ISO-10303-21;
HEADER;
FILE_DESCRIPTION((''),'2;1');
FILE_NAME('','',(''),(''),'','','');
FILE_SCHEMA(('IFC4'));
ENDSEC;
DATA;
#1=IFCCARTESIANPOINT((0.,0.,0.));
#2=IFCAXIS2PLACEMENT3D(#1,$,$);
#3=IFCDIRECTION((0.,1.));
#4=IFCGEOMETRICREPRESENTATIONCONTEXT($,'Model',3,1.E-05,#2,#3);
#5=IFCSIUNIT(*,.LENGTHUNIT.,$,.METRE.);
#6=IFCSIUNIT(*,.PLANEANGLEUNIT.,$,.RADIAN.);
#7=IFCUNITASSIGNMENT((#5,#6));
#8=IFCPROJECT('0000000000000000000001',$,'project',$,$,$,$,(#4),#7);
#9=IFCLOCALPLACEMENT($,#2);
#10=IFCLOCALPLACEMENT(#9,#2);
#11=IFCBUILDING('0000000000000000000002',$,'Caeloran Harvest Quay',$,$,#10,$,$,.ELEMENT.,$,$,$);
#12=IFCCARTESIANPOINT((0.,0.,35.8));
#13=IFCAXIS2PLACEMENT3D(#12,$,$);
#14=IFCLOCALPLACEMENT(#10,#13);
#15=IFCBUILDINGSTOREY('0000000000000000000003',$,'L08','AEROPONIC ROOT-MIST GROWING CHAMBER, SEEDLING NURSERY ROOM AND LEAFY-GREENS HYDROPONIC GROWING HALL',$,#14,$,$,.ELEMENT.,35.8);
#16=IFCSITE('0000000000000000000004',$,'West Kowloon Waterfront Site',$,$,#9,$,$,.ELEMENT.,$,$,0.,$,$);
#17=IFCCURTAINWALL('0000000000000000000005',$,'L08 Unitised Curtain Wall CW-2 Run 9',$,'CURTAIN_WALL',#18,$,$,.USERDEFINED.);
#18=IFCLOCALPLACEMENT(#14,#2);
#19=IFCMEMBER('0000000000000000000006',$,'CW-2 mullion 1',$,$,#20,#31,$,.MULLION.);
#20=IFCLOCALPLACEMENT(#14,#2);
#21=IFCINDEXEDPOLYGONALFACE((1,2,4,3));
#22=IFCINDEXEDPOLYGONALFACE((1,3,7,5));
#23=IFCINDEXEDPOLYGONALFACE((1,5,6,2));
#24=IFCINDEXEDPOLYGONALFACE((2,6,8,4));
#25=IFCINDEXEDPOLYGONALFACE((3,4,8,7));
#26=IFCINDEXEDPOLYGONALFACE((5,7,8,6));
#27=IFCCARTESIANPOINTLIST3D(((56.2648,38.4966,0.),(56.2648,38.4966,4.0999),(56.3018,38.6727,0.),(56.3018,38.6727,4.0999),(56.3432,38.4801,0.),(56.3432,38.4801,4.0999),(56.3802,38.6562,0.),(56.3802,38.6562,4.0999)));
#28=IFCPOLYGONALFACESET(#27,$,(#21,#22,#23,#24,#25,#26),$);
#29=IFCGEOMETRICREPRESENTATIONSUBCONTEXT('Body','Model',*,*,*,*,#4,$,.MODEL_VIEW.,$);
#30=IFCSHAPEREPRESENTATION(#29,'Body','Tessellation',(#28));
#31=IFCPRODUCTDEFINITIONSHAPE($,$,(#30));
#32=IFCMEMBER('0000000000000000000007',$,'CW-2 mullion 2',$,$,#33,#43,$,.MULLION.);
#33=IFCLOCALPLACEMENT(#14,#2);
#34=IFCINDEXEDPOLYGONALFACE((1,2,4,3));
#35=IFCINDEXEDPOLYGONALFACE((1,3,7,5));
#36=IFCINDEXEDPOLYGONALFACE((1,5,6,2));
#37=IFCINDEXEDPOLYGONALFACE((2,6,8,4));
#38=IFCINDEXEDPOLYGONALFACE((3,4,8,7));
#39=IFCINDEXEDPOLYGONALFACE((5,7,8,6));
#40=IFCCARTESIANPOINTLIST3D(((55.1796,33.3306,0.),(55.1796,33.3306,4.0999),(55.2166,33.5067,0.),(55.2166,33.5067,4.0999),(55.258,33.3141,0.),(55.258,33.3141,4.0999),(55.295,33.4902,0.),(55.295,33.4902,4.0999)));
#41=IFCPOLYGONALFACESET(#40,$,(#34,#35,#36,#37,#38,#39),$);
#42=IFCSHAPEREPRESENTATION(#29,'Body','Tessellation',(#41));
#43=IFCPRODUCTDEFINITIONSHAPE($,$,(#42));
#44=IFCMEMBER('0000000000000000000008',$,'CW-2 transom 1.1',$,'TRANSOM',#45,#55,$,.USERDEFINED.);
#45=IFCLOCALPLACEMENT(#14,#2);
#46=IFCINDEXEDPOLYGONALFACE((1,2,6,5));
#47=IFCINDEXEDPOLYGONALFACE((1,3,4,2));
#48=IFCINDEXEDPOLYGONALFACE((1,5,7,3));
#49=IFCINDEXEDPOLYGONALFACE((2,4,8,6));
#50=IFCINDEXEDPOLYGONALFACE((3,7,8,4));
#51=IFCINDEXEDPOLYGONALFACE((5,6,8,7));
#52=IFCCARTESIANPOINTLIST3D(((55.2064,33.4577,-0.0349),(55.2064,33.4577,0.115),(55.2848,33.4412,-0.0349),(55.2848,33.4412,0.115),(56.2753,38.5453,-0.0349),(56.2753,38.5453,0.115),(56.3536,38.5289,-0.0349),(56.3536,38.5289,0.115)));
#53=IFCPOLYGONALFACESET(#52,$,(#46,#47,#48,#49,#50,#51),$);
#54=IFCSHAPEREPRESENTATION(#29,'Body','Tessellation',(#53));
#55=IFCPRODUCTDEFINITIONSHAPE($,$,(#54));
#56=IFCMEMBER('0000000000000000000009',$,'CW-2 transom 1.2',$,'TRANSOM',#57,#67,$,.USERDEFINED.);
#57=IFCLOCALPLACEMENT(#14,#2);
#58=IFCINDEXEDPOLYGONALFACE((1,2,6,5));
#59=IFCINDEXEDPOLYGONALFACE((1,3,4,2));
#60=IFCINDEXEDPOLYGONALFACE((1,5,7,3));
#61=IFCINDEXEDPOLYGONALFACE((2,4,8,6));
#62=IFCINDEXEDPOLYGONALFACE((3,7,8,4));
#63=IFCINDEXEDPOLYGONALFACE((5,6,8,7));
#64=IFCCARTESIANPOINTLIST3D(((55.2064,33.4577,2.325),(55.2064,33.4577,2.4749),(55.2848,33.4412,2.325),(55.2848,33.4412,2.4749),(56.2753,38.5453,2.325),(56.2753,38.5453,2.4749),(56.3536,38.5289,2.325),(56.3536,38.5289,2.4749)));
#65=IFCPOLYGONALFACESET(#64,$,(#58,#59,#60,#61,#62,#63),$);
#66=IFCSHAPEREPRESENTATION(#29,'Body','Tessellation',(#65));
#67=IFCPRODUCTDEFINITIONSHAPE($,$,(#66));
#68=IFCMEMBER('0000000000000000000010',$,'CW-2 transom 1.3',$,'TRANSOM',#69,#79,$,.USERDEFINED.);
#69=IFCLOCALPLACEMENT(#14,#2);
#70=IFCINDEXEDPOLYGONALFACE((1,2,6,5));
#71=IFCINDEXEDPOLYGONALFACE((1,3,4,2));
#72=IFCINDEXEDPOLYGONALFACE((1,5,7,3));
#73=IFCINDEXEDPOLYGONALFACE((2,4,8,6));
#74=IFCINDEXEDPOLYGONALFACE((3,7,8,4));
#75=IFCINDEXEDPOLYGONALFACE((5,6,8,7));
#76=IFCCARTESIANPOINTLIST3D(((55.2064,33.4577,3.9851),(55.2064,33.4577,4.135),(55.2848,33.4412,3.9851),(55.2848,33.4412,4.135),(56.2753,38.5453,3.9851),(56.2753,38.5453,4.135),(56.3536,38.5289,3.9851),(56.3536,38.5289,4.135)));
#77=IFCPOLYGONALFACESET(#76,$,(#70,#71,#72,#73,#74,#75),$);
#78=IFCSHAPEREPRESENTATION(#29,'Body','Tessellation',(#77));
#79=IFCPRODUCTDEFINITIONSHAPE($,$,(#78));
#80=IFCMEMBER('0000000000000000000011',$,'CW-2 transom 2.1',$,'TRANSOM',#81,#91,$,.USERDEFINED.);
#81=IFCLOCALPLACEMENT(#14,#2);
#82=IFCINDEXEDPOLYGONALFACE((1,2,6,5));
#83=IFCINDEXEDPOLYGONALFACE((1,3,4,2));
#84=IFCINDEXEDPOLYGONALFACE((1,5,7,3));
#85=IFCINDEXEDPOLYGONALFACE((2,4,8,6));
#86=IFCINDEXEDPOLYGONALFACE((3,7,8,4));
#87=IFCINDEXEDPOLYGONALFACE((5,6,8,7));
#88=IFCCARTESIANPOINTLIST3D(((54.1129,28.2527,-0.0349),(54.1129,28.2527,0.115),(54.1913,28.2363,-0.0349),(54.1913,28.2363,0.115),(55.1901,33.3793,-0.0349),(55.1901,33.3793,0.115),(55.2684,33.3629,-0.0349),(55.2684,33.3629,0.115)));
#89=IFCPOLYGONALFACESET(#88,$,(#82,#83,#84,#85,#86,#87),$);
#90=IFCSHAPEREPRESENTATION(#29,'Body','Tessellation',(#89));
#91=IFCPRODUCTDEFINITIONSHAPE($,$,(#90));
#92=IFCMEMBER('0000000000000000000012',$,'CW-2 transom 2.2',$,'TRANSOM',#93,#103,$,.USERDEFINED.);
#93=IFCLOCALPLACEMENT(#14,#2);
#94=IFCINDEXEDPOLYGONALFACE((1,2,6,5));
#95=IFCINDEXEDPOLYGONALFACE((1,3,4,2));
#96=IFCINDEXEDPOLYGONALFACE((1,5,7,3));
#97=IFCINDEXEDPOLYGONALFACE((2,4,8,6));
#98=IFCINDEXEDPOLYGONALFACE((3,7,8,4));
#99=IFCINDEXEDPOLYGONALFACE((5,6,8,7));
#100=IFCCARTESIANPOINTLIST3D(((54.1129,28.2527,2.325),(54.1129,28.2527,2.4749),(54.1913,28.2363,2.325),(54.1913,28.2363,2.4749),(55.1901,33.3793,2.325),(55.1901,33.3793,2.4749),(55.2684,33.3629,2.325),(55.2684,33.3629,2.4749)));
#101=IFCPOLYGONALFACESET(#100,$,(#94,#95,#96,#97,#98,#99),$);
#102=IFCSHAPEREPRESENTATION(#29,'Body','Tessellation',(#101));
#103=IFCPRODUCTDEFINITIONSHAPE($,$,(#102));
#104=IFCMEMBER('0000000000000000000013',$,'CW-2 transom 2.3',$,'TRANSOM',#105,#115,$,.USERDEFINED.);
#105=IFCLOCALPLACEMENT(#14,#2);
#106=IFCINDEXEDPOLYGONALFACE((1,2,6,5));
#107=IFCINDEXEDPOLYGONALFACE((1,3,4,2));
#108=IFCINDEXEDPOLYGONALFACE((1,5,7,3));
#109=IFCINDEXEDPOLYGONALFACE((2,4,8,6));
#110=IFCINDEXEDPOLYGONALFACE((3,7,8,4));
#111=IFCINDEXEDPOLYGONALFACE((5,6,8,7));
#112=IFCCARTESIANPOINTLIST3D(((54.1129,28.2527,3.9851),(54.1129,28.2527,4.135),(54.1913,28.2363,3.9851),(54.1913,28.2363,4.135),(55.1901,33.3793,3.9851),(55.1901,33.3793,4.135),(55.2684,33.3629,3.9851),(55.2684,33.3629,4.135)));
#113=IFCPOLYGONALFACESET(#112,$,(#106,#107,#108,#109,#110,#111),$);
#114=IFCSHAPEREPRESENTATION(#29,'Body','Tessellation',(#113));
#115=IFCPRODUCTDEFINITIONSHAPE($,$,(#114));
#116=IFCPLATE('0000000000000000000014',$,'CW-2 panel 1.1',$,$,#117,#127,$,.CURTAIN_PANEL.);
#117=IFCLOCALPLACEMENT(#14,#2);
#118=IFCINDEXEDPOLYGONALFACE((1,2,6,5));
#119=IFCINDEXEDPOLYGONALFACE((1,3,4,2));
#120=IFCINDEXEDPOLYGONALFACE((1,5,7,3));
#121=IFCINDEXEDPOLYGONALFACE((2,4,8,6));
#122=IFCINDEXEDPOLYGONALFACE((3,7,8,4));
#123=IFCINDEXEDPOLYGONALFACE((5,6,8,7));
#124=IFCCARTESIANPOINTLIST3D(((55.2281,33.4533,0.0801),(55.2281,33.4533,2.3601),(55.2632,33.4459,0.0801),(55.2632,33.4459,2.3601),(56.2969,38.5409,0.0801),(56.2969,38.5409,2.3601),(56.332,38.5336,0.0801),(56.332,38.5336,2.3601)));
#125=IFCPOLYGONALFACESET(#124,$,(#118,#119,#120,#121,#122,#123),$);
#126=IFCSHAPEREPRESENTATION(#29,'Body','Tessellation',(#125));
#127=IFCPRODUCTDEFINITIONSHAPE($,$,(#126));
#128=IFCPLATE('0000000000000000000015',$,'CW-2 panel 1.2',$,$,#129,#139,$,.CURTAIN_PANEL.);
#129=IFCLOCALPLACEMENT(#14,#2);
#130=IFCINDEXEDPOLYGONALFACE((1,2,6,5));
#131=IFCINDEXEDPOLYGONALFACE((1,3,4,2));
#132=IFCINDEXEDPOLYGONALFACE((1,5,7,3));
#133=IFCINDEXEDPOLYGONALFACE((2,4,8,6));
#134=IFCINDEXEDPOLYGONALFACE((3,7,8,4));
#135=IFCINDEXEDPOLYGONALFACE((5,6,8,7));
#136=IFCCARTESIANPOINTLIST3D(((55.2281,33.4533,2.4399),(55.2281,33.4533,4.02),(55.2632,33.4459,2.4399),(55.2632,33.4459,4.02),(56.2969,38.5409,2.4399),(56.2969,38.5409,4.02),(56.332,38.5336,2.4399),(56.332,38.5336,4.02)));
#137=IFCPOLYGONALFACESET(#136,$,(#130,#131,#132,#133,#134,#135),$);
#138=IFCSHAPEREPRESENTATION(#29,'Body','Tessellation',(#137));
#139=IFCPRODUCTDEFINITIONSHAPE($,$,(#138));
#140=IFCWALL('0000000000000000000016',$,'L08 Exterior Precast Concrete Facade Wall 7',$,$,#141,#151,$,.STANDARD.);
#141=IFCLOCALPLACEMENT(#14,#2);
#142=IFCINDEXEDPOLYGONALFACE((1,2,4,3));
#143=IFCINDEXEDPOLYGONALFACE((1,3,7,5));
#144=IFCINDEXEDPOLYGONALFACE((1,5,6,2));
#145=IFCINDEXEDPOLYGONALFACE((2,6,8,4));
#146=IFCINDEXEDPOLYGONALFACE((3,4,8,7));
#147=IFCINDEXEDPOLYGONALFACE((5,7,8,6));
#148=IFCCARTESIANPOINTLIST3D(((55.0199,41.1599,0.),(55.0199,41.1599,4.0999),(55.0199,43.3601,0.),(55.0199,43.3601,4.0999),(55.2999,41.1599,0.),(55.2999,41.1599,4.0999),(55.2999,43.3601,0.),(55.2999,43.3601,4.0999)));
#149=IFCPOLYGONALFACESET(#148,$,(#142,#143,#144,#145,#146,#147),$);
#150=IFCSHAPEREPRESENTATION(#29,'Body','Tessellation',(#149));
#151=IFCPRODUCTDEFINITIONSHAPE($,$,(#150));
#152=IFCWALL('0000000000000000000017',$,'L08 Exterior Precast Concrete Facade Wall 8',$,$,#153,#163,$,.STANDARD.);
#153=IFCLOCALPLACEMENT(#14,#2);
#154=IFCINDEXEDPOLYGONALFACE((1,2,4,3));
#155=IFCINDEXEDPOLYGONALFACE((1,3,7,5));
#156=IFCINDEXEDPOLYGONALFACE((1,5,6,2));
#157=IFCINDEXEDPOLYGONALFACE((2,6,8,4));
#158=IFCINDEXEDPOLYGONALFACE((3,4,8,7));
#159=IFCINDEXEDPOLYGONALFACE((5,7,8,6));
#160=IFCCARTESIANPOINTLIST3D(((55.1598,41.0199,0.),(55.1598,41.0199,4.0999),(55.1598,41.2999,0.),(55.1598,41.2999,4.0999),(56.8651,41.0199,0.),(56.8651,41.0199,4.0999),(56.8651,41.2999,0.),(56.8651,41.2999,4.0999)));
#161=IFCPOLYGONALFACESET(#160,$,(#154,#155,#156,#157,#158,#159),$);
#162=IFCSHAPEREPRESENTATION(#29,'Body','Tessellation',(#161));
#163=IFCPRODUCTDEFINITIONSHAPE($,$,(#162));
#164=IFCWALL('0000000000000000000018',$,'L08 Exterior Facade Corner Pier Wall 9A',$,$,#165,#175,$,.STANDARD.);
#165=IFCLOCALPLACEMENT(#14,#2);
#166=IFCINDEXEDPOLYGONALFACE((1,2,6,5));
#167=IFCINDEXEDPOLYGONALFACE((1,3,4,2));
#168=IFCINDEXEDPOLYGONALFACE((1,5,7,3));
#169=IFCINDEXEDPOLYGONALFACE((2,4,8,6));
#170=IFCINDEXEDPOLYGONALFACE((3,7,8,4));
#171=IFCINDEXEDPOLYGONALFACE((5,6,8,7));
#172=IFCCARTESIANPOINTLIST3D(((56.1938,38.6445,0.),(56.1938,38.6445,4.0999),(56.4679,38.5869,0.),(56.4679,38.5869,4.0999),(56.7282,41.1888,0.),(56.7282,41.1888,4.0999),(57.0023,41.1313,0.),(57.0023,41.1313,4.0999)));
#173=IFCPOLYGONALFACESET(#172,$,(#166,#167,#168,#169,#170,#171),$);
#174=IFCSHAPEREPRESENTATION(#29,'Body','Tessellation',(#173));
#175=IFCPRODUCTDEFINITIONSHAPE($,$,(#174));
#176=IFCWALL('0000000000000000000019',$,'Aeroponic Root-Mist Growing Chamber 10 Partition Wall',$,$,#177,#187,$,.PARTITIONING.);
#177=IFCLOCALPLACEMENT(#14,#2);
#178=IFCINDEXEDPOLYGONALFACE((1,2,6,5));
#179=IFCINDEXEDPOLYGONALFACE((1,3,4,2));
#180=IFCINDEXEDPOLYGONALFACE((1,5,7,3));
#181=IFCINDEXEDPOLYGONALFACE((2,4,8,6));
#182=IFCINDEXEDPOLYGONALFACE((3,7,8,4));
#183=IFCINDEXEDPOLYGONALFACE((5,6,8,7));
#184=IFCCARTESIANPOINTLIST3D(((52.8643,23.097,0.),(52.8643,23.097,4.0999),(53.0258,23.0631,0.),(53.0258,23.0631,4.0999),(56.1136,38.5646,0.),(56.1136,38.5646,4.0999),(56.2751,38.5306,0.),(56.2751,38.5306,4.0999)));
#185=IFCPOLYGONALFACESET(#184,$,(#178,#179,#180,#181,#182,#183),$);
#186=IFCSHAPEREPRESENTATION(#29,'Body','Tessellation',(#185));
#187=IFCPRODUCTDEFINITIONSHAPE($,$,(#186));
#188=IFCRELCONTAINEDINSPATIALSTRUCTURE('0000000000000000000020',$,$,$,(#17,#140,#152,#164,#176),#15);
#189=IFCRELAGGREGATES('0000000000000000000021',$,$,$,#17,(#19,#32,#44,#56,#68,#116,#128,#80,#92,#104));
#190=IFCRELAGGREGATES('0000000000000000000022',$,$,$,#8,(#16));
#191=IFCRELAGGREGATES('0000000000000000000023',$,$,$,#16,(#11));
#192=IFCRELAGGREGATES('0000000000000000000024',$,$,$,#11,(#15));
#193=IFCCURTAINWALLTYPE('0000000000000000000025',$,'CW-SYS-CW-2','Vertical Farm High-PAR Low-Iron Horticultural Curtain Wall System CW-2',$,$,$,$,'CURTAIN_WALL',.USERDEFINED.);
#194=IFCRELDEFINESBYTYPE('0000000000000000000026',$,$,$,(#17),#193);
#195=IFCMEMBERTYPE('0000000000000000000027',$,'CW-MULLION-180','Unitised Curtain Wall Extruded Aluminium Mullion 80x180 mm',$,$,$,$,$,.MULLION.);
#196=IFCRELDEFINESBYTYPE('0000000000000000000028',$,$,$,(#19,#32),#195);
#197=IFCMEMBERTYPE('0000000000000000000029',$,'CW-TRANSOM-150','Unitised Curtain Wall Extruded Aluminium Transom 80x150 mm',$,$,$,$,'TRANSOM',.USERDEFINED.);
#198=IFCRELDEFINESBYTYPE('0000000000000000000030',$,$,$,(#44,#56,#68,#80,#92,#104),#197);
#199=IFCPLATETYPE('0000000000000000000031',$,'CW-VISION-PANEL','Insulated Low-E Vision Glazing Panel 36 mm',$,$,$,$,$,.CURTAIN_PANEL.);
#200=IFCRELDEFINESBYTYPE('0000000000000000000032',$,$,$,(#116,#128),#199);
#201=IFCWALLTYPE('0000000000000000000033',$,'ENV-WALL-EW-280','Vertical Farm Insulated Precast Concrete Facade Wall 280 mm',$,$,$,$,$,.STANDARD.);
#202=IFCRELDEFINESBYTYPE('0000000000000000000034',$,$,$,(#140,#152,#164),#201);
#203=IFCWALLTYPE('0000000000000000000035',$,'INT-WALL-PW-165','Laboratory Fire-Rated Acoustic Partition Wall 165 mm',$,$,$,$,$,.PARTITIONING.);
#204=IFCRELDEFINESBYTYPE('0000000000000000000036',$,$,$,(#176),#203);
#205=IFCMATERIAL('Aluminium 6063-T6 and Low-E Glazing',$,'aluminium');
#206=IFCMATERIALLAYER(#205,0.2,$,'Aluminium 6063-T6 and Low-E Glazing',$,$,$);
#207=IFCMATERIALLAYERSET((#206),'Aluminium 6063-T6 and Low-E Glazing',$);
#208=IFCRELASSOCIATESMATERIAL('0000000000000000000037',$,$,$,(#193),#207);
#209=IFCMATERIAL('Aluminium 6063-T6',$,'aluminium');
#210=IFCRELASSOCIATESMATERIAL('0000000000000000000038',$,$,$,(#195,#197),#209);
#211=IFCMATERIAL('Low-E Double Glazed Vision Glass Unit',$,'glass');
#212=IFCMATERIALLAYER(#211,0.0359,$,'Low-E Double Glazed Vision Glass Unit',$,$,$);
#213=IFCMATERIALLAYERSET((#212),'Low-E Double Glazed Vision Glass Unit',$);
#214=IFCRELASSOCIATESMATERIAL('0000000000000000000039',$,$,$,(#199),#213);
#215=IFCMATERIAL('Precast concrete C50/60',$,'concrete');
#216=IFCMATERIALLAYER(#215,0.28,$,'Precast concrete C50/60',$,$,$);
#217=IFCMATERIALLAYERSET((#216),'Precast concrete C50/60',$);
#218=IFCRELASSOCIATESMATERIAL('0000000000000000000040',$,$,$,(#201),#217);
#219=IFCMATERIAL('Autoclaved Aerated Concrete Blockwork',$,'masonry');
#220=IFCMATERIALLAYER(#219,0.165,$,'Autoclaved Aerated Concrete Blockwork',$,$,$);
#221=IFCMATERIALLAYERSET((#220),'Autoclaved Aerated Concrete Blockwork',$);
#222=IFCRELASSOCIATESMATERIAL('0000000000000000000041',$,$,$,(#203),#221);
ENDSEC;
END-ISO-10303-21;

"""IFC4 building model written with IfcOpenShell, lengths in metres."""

from ifc_helpers import new_model, si_unit, direction, frame, frame_2d, origin, origin_2d, place, context, subcontext, project, spatial, rectangle, extrude, material, layer, layer_set, material_profile, profile_set, type_object, element, aggregate, save


model = new_model("IFC4")

# Units and contexts
model_context = context("Model", 3, precision=1e-05, world=origin(), true_north=direction((0.0, 1.0)))
body_context = subcontext(model_context, "Body", "Model", "MODEL_VIEW")
ifc_project = project(units=[si_unit("LENGTHUNIT", "METRE"), si_unit("PLANEANGLEUNIT", "RADIAN")], contexts=[model_context])

# Site, building, storey
site_placement = place(None, origin())
site = spatial("IfcSite", under=ifc_project, at=site_placement, Name="West Kowloon Waterfront Site", CompositionType="ELEMENT", RefElevation=0.0)
building_placement = place(site_placement, origin())
building = spatial("IfcBuilding", under=site, at=building_placement, Name="Caeloran Harvest Quay", CompositionType="ELEMENT")
storey_placement = place(building_placement, frame((0.0, 0.0, 35.8)))
storey = spatial("IfcBuildingStorey", under=building, at=storey_placement, Name="L08", Description="AEROPONIC ROOT-MIST GROWING CHAMBER, SEEDLING NURSERY ROOM AND LEAFY-GREENS HYDROPONIC GROWING HALL", CompositionType="ELEMENT", Elevation=35.8)

# Curtain wall, members, plates
ifc_material_1 = material(Name="Aluminium 6063-T6 and Low-E Glazing", Category="aluminium")
ifc_layer_1 = layer(ifc_material_1, 0.2, Name="Aluminium 6063-T6 and Low-E Glazing")
ifc_layer_set_1 = layer_set([ifc_layer_1], Name="Aluminium 6063-T6 and Low-E Glazing")
curtain_wall_type = type_object("IfcCurtainWallType", Name="CW-SYS-CW-2", Description="Vertical Farm High-PAR Low-Iron Horticultural Curtain Wall System CW-2", ElementType="CURTAIN_WALL", PredefinedType="USERDEFINED", material=ifc_layer_set_1)
curtain_wall_placement = place(storey_placement, origin())
curtain_wall = element("IfcCurtainWall", 1, at=curtain_wall_placement, inside=storey, type_object=curtain_wall_type, Name="L08 Unitised Curtain Wall CW-2 Run 9", ObjectType="CURTAIN_WALL", PredefinedType="USERDEFINED")
ifc_material_2 = material(Name="Aluminium 6063-T6", Category="aluminium")
ifc_material_profile_1 = material_profile(ifc_material_2, rectangle(XDim=0.0801, YDim=0.1799, at=origin_2d()), Name="CW-MULLION-180")
ifc_profile_set_1 = profile_set([ifc_material_profile_1], Name="Aluminium 6063-T6")
member_type_1 = type_object("IfcMemberType", Name="CW-MULLION-180", Description="Unitised Curtain Wall Extruded Aluminium Mullion 80x180 mm", PredefinedType="MULLION", material=ifc_profile_set_1)
member_1_placement = place(storey_placement, frame((56.3225, 38.5764, 0.0), z_axis=(0.0, 0.0, 1.0), x_axis=(0.97864, -0.205583, 0.0)))
member_1 = element("IfcMember", 2, at=member_1_placement, type_object=member_type_1, Name="CW-2 mullion 1", PredefinedType="MULLION", context=body_context, shape_type="SweptSolid", body=[
    extrude(rectangle(XDim=0.0801, YDim=0.1799, at=origin_2d()), origin(), (0.0, 0.0, 1.0), 4.0999),
])
member_2_placement = place(storey_placement, frame((55.2373, 33.4104, 0.0), z_axis=(0.0, 0.0, 1.0), x_axis=(0.97864, -0.205583, 0.0)))
member_2 = element("IfcMember", 3, at=member_2_placement, type_object=member_type_1, Name="CW-2 mullion 2", PredefinedType="MULLION", context=body_context, shape_type="SweptSolid", body=[
    extrude(rectangle(XDim=0.0801, YDim=0.1799, at=origin_2d()), origin(), (0.0, 0.0, 1.0), 4.0999),
])
ifc_material_profile_2 = material_profile(ifc_material_2, rectangle(XDim=0.0801, YDim=0.1499, at=origin_2d()), Name="CW-TRANSOM-150")
ifc_profile_set_2 = profile_set([ifc_material_profile_2], Name="Aluminium 6063-T6")
member_type_2 = type_object("IfcMemberType", Name="CW-TRANSOM-150", Description="Unitised Curtain Wall Extruded Aluminium Transom 80x150 mm", ElementType="TRANSOM", PredefinedType="USERDEFINED", material=ifc_profile_set_2)
member_3_placement = place(storey_placement, frame((56.3145, 38.5371, 0.04), z_axis=(-0.205599, -0.978636, 0.0), x_axis=(0.978636, -0.205599, 0.0)))
member_3 = element("IfcMember", 4, at=member_3_placement, type_object=member_type_2, Name="CW-2 transom 1.1", ObjectType="TRANSOM", PredefinedType="USERDEFINED", context=body_context, shape_type="SweptSolid", body=[
    extrude(rectangle(XDim=0.0801, YDim=0.1499, at=origin_2d()), origin(), (0.0, 0.0, 1.0), 5.1987),
])
member_4_placement = place(storey_placement, frame((56.3145, 38.5371, 2.3999), z_axis=(-0.205599, -0.978636, 0.0), x_axis=(0.978636, -0.205599, 0.0)))
member_4 = element("IfcMember", 5, at=member_4_placement, type_object=member_type_2, Name="CW-2 transom 1.2", ObjectType="TRANSOM", PredefinedType="USERDEFINED", context=body_context, shape_type="SweptSolid", body=[
    extrude(rectangle(XDim=0.0801, YDim=0.1499, at=origin_2d()), origin(), (0.0, 0.0, 1.0), 5.1987),
])
member_5_placement = place(storey_placement, frame((56.3145, 38.5371, 4.0601), z_axis=(-0.205599, -0.978636, 0.0), x_axis=(0.978636, -0.205599, 0.0)))
member_5 = element("IfcMember", 6, at=member_5_placement, type_object=member_type_2, Name="CW-2 transom 1.3", ObjectType="TRANSOM", PredefinedType="USERDEFINED", context=body_context, shape_type="SweptSolid", body=[
    extrude(rectangle(XDim=0.0801, YDim=0.1499, at=origin_2d()), origin(), (0.0, 0.0, 1.0), 5.1987),
])
member_6_placement = place(storey_placement, frame((55.2292, 33.3711, 0.04), z_axis=(-0.205616, -0.978633, 0.0), x_axis=(0.978633, -0.205616, 0.0)))
member_6 = element("IfcMember", 7, at=member_6_placement, type_object=member_type_2, Name="CW-2 transom 2.1", ObjectType="TRANSOM", PredefinedType="USERDEFINED", context=body_context, shape_type="SweptSolid", body=[
    extrude(rectangle(XDim=0.0801, YDim=0.1499, at=origin_2d()), origin(), (0.0, 0.0, 1.0), 5.2385),
])
member_7_placement = place(storey_placement, frame((55.2292, 33.3711, 2.3999), z_axis=(-0.205616, -0.978633, 0.0), x_axis=(0.978633, -0.205616, 0.0)))
member_7 = element("IfcMember", 8, at=member_7_placement, type_object=member_type_2, Name="CW-2 transom 2.2", ObjectType="TRANSOM", PredefinedType="USERDEFINED", context=body_context, shape_type="SweptSolid", body=[
    extrude(rectangle(XDim=0.0801, YDim=0.1499, at=origin_2d()), origin(), (0.0, 0.0, 1.0), 5.2385),
])
member_8_placement = place(storey_placement, frame((55.2292, 33.3711, 4.0601), z_axis=(-0.205616, -0.978633, 0.0), x_axis=(0.978633, -0.205616, 0.0)))
member_8 = element("IfcMember", 9, at=member_8_placement, type_object=member_type_2, Name="CW-2 transom 2.3", ObjectType="TRANSOM", PredefinedType="USERDEFINED", context=body_context, shape_type="SweptSolid", body=[
    extrude(rectangle(XDim=0.0801, YDim=0.1499, at=origin_2d()), origin(), (0.0, 0.0, 1.0), 5.2385),
])
ifc_material_3 = material(Name="Low-E Double Glazed Vision Glass Unit", Category="glass")
ifc_layer_2 = layer(ifc_material_3, 0.0359, Name="Low-E Double Glazed Vision Glass Unit")
ifc_layer_set_2 = layer_set([ifc_layer_2], Name="Low-E Double Glazed Vision Glass Unit")
plate_type = type_object("IfcPlateType", Name="CW-VISION-PANEL", Description="Insulated Low-E Vision Glazing Panel 36 mm", PredefinedType="CURTAIN_PANEL", material=ifc_layer_set_2)
plate_1_placement = place(storey_placement, frame((55.78, 35.9934, 0.0801), z_axis=(0.0, 0.0, 1.0), x_axis=(-0.205583, -0.97864, 0.0)))
plate_1 = element("IfcPlate", 10, at=plate_1_placement, type_object=plate_type, Name="CW-2 panel 1.1", PredefinedType="CURTAIN_PANEL", context=body_context, shape_type="SweptSolid", body=[
    extrude(rectangle(XDim=5.1987, YDim=0.0359, at=origin_2d()), origin(), (0.0, 0.0, 1.0), 2.28),
])
plate_2_placement = place(storey_placement, frame((55.78, 35.9934, 2.4399), z_axis=(0.0, 0.0, 1.0), x_axis=(-0.205583, -0.97864, 0.0)))
plate_2 = element("IfcPlate", 11, at=plate_2_placement, type_object=plate_type, Name="CW-2 panel 1.2", PredefinedType="CURTAIN_PANEL", context=body_context, shape_type="SweptSolid", body=[
    extrude(rectangle(XDim=5.1987, YDim=0.0359, at=origin_2d()), origin(), (0.0, 0.0, 1.0), 1.5801),
])
aggregate(curtain_wall, [member_1, member_2, member_3, member_4, member_5, plate_1, plate_2, member_6, member_7, member_8])

# Walls
ifc_material_4 = material(Name="Precast concrete C50/60", Category="concrete")
ifc_layer_3 = layer(ifc_material_4, 0.28, Name="Precast concrete C50/60")
ifc_layer_set_3 = layer_set([ifc_layer_3], Name="Precast concrete C50/60")
wall_type_1 = type_object("IfcWallType", Name="ENV-WALL-EW-280", Description="Vertical Farm Insulated Precast Concrete Facade Wall 280 mm", PredefinedType="STANDARD", material=ifc_layer_set_3)
wall_1_placement = place(storey_placement, frame((55.1599, 43.3601, 0.0), z_axis=(0.0, 0.0, 1.0), x_axis=(0.0, -1.0, 0.0)))
element("IfcWall", 12, at=wall_1_placement, inside=storey, type_object=wall_type_1, Name="L08 Exterior Precast Concrete Facade Wall 7", PredefinedType="STANDARD", context=body_context, shape_type="SweptSolid", body=[
    extrude(rectangle(XDim=2.2002, YDim=0.28, at=frame_2d((1.1001, 0.0))), origin(), (0.0, 0.0, 1.0), 4.0999),
])
wall_2_placement = place(storey_placement, frame((55.1599, 41.1599, 0.0), z_axis=(0.0, 0.0, 1.0), x_axis=(1.0, 0.0, 0.0)))
element("IfcWall", 13, at=wall_2_placement, inside=storey, type_object=wall_type_1, Name="L08 Exterior Precast Concrete Facade Wall 8", PredefinedType="STANDARD", context=body_context, shape_type="SweptSolid", body=[
    extrude(rectangle(XDim=1.7053, YDim=0.28, at=frame_2d((0.8525, 0.0))), origin(), (0.0, 0.0, 1.0), 4.0999),
])
wall_3_placement = place(storey_placement, frame((56.8652, 41.1599, 0.0), z_axis=(0.0, 0.0, 1.0), x_axis=(-0.205551, -0.978646, 0.0)))
element("IfcWall", 14, at=wall_3_placement, inside=storey, type_object=wall_type_1, Name="L08 Exterior Facade Corner Pier Wall 9A", PredefinedType="STANDARD", context=body_context, shape_type="SweptSolid", body=[
    extrude(rectangle(XDim=2.5999, YDim=0.28, at=frame_2d((1.2998, 0.0))), origin(), (0.0, 0.0, 1.0), 4.0999),
])
ifc_material_5 = material(Name="Autoclaved Aerated Concrete Blockwork", Category="masonry")
ifc_layer_4 = layer(ifc_material_5, 0.165, Name="Autoclaved Aerated Concrete Blockwork")
ifc_layer_set_4 = layer_set([ifc_layer_4], Name="Autoclaved Aerated Concrete Blockwork")
wall_type_2 = type_object("IfcWallType", Name="INT-WALL-PW-165", Description="Laboratory Fire-Rated Acoustic Partition Wall 165 mm", PredefinedType="PARTITIONING", material=ifc_layer_set_4)
wall_4_placement = place(storey_placement, frame((56.1943, 38.5476, 0.0), z_axis=(0.0, 0.0, 1.0), x_axis=(-0.205583, -0.97864, 0.0)))
element("IfcWall", 15, at=wall_4_placement, inside=storey, type_object=wall_type_2, Name="Aeroponic Root-Mist Growing Chamber 10 Partition Wall", PredefinedType="PARTITIONING", context=body_context, shape_type="SweptSolid", body=[
    extrude(rectangle(XDim=15.8052, YDim=0.165, at=frame_2d((7.9026, 0.0))), origin(), (0.0, 0.0, 1.0), 4.0999),
])

save(model, "model.ifc")
